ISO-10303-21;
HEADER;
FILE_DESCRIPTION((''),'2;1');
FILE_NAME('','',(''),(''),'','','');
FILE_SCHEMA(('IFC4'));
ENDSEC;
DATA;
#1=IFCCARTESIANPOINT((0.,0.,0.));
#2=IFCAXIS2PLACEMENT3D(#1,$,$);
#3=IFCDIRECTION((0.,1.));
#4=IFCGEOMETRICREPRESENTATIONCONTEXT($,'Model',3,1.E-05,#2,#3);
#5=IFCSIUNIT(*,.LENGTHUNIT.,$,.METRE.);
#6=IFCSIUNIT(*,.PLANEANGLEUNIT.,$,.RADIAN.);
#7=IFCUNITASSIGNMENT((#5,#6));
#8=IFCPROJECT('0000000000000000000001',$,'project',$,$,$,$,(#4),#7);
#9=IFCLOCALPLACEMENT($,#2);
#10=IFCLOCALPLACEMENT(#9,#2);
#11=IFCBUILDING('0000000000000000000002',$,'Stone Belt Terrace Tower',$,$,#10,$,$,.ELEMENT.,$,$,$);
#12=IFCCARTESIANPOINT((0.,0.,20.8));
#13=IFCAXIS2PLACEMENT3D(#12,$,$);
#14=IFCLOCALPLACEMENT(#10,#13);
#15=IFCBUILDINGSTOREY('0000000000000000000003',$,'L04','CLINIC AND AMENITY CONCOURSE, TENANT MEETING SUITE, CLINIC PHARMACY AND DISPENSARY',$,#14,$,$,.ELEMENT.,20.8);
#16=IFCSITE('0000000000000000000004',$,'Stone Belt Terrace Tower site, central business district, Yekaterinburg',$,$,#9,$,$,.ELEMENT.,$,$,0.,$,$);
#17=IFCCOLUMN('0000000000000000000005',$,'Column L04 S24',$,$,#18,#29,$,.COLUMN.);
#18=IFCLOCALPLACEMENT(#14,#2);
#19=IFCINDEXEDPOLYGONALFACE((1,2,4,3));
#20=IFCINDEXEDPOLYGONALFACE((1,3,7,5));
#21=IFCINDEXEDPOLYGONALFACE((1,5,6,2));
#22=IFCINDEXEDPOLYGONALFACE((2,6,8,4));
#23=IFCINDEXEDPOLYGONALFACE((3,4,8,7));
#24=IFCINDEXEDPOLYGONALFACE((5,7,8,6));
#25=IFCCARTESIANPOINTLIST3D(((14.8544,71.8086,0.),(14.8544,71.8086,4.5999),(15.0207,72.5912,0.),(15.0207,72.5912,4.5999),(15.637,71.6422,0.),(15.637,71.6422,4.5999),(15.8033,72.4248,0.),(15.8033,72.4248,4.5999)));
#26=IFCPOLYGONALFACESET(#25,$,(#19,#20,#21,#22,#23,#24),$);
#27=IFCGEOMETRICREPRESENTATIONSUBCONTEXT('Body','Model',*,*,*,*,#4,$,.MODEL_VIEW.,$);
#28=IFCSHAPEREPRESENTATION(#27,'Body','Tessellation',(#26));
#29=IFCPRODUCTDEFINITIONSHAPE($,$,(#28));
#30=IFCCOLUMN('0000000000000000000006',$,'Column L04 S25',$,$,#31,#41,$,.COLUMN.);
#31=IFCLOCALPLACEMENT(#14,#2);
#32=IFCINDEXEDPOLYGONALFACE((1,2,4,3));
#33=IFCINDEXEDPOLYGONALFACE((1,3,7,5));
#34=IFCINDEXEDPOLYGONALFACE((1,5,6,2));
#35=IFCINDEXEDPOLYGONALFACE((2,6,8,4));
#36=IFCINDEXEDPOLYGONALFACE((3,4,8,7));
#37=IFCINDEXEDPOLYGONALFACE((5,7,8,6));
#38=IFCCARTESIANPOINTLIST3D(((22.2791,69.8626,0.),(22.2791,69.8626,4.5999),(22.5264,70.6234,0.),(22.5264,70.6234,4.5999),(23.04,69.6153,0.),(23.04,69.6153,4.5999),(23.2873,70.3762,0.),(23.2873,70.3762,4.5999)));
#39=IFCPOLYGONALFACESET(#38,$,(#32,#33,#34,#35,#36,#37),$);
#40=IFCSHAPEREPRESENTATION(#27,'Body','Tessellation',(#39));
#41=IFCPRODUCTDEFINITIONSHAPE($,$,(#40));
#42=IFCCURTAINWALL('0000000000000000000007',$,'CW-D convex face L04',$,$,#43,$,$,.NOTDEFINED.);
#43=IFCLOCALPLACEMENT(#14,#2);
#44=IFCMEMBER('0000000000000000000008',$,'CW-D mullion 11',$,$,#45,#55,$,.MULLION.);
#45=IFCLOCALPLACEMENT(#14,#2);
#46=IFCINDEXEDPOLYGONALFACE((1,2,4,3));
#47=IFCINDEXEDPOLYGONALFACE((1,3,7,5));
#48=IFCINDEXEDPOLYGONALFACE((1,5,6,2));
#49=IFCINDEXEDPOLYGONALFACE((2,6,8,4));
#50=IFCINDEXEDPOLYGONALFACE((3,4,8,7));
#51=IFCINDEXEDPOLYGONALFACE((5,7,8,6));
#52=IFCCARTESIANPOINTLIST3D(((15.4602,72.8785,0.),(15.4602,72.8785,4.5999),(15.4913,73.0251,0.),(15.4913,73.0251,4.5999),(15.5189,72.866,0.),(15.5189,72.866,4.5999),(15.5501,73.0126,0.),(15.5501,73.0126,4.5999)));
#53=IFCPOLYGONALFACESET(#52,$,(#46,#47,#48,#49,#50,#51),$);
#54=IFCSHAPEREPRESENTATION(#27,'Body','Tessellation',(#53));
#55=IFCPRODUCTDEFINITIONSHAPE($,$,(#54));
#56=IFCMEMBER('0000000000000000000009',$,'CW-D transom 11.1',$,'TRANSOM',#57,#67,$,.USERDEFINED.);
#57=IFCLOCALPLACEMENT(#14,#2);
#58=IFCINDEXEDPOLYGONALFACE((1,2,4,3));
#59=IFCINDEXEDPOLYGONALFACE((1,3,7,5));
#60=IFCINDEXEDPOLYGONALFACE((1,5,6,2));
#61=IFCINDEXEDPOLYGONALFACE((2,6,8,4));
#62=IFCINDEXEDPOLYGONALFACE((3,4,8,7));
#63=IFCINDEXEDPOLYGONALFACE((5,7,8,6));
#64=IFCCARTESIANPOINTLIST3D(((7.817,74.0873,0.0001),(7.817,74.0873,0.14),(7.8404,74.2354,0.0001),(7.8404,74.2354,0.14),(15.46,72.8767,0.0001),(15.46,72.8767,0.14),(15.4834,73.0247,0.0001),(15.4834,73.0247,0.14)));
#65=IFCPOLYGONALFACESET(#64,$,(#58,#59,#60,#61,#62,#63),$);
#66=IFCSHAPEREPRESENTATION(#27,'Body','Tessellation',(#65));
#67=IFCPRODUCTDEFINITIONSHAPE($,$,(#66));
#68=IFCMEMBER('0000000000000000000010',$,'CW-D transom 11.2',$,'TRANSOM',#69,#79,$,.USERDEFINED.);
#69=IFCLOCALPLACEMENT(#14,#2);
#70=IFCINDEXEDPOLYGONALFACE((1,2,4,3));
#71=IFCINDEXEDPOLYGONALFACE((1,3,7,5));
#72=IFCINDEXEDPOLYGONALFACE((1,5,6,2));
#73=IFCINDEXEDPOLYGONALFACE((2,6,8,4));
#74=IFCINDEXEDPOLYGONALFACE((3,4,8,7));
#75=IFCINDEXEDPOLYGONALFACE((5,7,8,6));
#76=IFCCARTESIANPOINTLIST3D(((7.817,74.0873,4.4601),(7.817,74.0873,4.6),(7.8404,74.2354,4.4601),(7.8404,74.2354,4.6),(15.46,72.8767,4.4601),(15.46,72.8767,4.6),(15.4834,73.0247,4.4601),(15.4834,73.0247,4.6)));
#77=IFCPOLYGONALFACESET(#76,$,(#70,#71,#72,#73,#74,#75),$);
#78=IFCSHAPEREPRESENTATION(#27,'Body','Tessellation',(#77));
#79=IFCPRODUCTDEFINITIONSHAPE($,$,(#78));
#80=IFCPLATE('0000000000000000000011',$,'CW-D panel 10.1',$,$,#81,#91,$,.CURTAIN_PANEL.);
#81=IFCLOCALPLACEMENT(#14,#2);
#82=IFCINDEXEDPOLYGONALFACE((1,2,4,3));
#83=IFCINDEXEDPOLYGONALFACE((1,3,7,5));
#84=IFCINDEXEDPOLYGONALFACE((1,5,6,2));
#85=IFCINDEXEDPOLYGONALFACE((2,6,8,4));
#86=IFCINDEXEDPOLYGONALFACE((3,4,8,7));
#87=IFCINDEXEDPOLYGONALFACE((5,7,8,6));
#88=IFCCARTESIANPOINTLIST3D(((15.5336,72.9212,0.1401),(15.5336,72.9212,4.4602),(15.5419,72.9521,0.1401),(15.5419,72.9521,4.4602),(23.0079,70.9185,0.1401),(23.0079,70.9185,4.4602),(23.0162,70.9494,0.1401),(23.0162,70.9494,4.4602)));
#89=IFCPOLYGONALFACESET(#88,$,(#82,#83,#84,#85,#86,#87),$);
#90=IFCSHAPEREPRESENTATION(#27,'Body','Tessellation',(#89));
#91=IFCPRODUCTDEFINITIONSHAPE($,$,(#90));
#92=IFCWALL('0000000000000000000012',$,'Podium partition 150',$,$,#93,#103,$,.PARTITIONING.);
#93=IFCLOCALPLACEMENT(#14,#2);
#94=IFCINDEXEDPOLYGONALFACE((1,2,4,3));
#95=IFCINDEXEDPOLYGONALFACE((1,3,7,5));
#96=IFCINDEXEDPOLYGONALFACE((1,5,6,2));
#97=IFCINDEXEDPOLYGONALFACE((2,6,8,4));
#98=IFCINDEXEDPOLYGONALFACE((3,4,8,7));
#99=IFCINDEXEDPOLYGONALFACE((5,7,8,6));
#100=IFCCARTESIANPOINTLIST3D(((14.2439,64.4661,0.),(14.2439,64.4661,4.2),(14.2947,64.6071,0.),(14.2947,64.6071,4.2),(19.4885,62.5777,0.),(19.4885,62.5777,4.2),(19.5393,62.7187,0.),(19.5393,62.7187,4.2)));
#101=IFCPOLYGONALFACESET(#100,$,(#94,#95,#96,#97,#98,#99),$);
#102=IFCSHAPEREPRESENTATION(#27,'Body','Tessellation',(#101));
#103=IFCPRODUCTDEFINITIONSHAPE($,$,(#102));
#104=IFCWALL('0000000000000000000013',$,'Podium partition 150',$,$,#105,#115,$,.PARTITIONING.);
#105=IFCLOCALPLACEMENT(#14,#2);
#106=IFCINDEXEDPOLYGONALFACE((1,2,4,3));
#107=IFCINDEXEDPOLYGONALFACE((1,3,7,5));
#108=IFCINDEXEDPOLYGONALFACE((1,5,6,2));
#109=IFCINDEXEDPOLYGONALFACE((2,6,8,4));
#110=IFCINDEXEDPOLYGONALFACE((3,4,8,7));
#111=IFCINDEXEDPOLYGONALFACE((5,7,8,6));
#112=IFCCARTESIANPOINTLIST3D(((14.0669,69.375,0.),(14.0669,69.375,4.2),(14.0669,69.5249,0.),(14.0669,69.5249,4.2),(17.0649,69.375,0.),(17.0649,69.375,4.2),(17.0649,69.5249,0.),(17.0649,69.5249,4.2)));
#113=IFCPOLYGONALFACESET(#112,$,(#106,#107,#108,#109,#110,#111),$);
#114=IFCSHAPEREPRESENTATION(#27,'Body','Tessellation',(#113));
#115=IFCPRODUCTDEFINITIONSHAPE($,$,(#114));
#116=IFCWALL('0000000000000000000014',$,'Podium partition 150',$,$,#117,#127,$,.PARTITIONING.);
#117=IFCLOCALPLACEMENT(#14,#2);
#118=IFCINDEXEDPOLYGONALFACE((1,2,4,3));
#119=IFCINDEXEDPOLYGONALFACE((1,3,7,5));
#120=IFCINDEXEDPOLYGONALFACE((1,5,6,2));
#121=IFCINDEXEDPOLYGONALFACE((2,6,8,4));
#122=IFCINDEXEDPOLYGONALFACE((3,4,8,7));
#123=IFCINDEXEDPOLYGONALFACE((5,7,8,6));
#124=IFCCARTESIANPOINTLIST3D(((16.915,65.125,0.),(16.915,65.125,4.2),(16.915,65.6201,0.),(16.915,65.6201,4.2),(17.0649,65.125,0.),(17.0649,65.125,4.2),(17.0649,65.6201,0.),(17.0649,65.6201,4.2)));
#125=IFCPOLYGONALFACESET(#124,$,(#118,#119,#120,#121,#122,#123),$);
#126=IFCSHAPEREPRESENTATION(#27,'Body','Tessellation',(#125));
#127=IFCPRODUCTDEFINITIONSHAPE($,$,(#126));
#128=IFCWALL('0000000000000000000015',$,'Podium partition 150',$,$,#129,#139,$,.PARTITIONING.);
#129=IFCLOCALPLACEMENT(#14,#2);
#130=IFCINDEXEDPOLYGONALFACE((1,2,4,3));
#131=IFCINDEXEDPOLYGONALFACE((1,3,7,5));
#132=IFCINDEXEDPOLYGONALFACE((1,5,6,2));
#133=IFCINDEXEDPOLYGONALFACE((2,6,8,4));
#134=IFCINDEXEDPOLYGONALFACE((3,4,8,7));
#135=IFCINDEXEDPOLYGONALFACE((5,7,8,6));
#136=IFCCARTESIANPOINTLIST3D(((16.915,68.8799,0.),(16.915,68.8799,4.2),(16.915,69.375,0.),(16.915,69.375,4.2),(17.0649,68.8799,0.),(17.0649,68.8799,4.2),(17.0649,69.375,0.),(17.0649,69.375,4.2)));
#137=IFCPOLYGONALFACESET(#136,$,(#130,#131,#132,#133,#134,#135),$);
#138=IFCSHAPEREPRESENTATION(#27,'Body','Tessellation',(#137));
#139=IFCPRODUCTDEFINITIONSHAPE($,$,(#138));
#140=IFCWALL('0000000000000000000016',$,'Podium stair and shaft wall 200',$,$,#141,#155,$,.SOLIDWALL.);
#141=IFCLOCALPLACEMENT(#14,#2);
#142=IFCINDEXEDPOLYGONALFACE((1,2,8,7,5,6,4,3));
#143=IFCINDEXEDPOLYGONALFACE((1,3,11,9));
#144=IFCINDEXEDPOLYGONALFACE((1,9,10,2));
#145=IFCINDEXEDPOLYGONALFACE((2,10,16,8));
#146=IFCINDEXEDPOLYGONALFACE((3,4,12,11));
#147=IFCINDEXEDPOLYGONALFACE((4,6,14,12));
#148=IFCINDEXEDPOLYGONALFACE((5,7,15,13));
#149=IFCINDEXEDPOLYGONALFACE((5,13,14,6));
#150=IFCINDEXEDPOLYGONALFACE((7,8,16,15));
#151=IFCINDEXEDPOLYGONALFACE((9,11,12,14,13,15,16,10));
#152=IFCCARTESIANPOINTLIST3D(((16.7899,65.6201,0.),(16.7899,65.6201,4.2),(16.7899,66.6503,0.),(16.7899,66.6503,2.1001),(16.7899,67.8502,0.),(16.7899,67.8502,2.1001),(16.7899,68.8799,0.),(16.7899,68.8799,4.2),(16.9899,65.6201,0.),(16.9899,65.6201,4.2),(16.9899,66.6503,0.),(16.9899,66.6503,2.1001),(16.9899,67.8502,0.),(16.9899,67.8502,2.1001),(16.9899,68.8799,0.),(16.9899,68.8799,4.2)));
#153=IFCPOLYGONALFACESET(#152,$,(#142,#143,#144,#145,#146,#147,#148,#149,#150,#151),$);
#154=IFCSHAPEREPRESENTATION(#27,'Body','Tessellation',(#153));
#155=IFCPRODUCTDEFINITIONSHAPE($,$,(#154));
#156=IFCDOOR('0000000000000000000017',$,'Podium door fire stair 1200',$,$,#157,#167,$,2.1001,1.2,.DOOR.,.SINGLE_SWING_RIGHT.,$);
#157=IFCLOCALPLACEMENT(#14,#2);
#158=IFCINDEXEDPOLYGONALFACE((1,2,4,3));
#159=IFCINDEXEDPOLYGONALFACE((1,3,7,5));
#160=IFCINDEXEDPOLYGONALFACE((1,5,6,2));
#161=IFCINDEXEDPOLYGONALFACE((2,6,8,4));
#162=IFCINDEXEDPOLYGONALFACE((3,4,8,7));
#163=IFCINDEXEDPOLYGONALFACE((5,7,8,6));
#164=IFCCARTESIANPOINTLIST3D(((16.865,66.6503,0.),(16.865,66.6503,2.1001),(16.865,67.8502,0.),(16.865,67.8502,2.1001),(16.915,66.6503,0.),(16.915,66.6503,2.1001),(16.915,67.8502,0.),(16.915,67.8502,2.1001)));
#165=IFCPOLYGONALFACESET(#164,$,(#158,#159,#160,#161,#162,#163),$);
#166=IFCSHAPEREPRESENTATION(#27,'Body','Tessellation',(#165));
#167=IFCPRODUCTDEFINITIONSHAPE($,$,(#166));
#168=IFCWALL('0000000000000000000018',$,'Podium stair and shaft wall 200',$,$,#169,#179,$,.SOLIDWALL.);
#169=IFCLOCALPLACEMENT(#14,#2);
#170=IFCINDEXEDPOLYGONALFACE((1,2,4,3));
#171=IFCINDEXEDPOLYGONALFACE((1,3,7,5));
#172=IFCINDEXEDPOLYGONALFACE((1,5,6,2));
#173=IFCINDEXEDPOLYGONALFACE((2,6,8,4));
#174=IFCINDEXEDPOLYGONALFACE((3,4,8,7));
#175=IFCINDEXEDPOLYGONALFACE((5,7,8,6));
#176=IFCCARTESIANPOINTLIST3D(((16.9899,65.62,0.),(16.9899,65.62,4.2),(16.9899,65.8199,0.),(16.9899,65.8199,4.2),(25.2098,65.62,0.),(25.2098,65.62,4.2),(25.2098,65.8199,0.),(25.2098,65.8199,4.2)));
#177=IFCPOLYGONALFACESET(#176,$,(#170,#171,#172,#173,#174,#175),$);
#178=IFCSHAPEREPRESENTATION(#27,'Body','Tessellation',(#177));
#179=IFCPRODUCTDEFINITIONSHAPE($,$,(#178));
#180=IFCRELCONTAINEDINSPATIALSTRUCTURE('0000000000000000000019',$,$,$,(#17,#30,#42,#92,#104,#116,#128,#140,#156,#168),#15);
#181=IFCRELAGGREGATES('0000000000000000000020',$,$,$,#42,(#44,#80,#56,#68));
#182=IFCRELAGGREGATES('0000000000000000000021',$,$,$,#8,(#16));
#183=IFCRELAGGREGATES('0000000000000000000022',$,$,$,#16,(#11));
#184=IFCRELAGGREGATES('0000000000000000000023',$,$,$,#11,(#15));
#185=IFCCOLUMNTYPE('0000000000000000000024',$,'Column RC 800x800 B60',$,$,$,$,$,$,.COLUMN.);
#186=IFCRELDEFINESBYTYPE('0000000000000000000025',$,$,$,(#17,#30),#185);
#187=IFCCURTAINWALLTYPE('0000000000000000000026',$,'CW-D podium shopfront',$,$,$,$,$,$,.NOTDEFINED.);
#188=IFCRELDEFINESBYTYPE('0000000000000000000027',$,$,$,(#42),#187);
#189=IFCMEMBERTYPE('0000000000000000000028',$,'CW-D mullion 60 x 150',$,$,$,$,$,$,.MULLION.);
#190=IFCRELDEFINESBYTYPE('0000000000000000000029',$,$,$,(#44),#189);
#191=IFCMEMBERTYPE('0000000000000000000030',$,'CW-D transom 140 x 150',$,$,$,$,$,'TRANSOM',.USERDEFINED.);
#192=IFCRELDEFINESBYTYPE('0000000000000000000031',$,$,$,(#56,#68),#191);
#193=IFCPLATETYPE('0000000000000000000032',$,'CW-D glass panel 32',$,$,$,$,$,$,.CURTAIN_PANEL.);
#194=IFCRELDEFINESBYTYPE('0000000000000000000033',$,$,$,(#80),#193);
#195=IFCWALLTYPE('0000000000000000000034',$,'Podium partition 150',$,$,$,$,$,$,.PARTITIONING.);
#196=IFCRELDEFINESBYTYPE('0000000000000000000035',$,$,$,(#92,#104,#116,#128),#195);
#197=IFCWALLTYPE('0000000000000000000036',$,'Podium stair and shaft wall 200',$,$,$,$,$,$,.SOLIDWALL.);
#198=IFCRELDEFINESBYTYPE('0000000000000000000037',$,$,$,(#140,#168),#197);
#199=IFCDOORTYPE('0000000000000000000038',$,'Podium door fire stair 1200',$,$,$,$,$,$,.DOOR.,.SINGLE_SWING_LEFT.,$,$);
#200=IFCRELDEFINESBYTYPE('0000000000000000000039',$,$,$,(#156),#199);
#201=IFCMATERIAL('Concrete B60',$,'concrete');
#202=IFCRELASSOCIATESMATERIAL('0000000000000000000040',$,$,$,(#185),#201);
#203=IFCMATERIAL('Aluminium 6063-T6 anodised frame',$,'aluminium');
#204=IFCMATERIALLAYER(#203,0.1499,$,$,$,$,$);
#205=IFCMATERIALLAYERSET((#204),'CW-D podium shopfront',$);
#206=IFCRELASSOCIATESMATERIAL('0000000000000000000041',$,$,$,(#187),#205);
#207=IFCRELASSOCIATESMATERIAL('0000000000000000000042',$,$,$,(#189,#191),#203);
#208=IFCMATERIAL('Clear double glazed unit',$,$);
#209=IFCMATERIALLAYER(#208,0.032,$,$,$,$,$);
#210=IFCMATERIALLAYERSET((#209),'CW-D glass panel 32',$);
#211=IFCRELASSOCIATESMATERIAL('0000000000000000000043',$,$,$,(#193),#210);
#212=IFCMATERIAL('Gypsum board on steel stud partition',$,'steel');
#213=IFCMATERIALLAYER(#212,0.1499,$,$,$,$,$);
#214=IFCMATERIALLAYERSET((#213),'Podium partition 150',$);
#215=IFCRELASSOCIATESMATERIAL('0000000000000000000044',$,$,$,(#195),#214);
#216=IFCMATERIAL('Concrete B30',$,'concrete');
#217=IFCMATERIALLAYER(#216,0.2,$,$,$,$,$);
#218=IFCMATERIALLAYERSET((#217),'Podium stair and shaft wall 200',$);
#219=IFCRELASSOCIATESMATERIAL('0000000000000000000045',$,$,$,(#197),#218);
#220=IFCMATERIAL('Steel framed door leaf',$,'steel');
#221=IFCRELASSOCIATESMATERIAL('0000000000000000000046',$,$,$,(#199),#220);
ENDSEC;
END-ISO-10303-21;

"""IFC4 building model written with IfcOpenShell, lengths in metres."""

from ifc_helpers import new_model, si_unit, direction, frame, frame_2d, origin, origin_2d, place, context, subcontext, project, spatial, rectangle, extrude, material, layer, layer_set, material_profile, profile_set, type_object, element, fill, aggregate, save


model = new_model("IFC4")

# Units and contexts
model_context = context("Model", 3, precision=1e-05, world=origin(), true_north=direction((0.0, 1.0)))
body_context = subcontext(model_context, "Body", "Model", "MODEL_VIEW")
ifc_project = project(units=[si_unit("LENGTHUNIT", "METRE"), si_unit("PLANEANGLEUNIT", "RADIAN")], contexts=[model_context])

# Site, building, storey
site_placement = place(None, origin())
site = spatial("IfcSite", under=ifc_project, at=site_placement, Name="Stone Belt Terrace Tower site, central business district, Yekaterinburg", CompositionType="ELEMENT", RefElevation=0.0)
building_placement = place(site_placement, origin())
building = spatial("IfcBuilding", under=site, at=building_placement, Name="Stone Belt Terrace Tower", CompositionType="ELEMENT")
storey_placement = place(building_placement, frame((0.0, 0.0, 20.8)))
storey = spatial("IfcBuildingStorey", under=building, at=storey_placement, Name="L04", Description="CLINIC AND AMENITY CONCOURSE, TENANT MEETING SUITE, CLINIC PHARMACY AND DISPENSARY", CompositionType="ELEMENT", Elevation=20.8)

# Columns
ifc_material_1 = material(Name="Concrete B60", Category="concrete")
ifc_material_profile_1 = material_profile(ifc_material_1, rectangle(XDim=0.8, YDim=0.8, at=origin_2d()), Name="RC 800x800")
ifc_profile_set_1 = profile_set([ifc_material_profile_1], Name="Concrete B60")
column_type = type_object("IfcColumnType", Name="Column RC 800x800 B60", PredefinedType="COLUMN", material=ifc_profile_set_1)
for number, where, z_axis, x_axis, name in (
    (1, (15.3289, 72.1167, 0.0), (0.0, 0.0, 1.0), (0.978148, -0.207912, 0.0), "Column L04 S24"),
    (2, (22.7832, 70.1194, 0.0), (0.0, 0.0, 1.0), (0.951057, -0.309017, 0.0), "Column L04 S25"),
):
    element("IfcColumn", number, at=place(storey_placement, frame(where, z_axis=z_axis, x_axis=x_axis)), inside=storey, type_object=column_type, Name=name, PredefinedType="COLUMN", context=body_context, shape_type="SweptSolid", body=[
        extrude(rectangle(XDim=0.8, YDim=0.8, at=origin_2d()), origin(), (0.0, 0.0, 1.0), 4.5999),
    ])

# Curtain wall, members, plate
ifc_material_2 = material(Name="Aluminium 6063-T6 anodised frame", Category="aluminium")
ifc_layer_1 = layer(ifc_material_2, 0.1499)
ifc_layer_set_1 = layer_set([ifc_layer_1], Name="CW-D podium shopfront")
curtain_wall_type = type_object("IfcCurtainWallType", Name="CW-D podium shopfront", PredefinedType="NOTDEFINED", material=ifc_layer_set_1)
curtain_wall_placement = place(storey_placement, origin())
curtain_wall = element("IfcCurtainWall", 3, at=curtain_wall_placement, inside=storey, type_object=curtain_wall_type, Name="CW-D convex face L04", PredefinedType="NOTDEFINED")
ifc_material_profile_2 = material_profile(ifc_material_2, rectangle(XDim=0.1499, YDim=0.0601, at=origin_2d()), Name="Aluminium 6063-T6 60x150")
ifc_profile_set_2 = profile_set([ifc_material_profile_2], Name="Aluminium 6063-T6 anodised frame")
member_type_1 = type_object("IfcMemberType", Name="CW-D mullion 60 x 150", PredefinedType="MULLION", material=ifc_profile_set_2)
member_1_placement = place(storey_placement, frame((15.5051, 72.9456, 0.0), z_axis=(0.0, 0.0, 1.0), x_axis=(-0.207912, -0.978148, 0.0)))
member_1 = element("IfcMember", 4, at=member_1_placement, type_object=member_type_1, Name="CW-D mullion 11", PredefinedType="MULLION", context=body_context, shape_type="SweptSolid", body=[
    extrude(rectangle(XDim=0.1499, YDim=0.0601, at=origin_2d()), origin(), (0.0, 0.0, 1.0), 4.5999),
])
ifc_material_profile_3 = material_profile(ifc_material_2, rectangle(XDim=0.1499, YDim=0.1399, at=origin_2d()), Name="Aluminium 6063-T6 150x140")
ifc_profile_set_3 = profile_set([ifc_material_profile_3], Name="Aluminium 6063-T6 anodised frame")
member_type_2 = type_object("IfcMemberType", Name="CW-D transom 140 x 150", ElementType="TRANSOM", PredefinedType="USERDEFINED", material=ifc_profile_set_3)
member_2_placement = place(storey_placement, frame((15.4717, 72.9507, 0.0701), z_axis=(-0.987685, 0.156453, 0.0), x_axis=(-0.156453, -0.987685, 0.0)))
member_2 = element("IfcMember", 5, at=member_2_placement, type_object=member_type_2, Name="CW-D transom 11.1", ObjectType="TRANSOM", PredefinedType="USERDEFINED", context=body_context, shape_type="SweptSolid", body=[
    extrude(rectangle(XDim=0.1499, YDim=0.1399, at=origin_2d()), origin(), (0.0, 0.0, 1.0), 7.7383),
])
member_3_placement = place(storey_placement, frame((15.4717, 72.9507, 4.53), z_axis=(-0.987685, 0.156453, 0.0), x_axis=(-0.156453, -0.987685, 0.0)))
member_3 = element("IfcMember", 6, at=member_3_placement, type_object=member_type_2, Name="CW-D transom 11.2", ObjectType="TRANSOM", PredefinedType="USERDEFINED", context=body_context, shape_type="SweptSolid", body=[
    extrude(rectangle(XDim=0.1499, YDim=0.1399, at=origin_2d()), origin(), (0.0, 0.0, 1.0), 7.7383),
])
ifc_material_3 = material(Name="Clear double glazed unit")
ifc_layer_2 = layer(ifc_material_3, 0.032)
ifc_layer_set_2 = layer_set([ifc_layer_2], Name="CW-D glass panel 32")
plate_type = type_object("IfcPlateType", Name="CW-D glass panel 32", PredefinedType="CURTAIN_PANEL", material=ifc_layer_set_2)
plate_placement = place(storey_placement, frame((19.2749, 71.9353, 0.1401), z_axis=(0.0, 0.0, 1.0), x_axis=(-0.965926, 0.258819, 0.0)))
plate = element("IfcPlate", 7, at=plate_placement, type_object=plate_type, Name="CW-D panel 10.1", PredefinedType="CURTAIN_PANEL", context=body_context, shape_type="SweptSolid", body=[
    extrude(rectangle(XDim=7.738, YDim=0.032, at=origin_2d()), origin(), (0.0, 0.0, 1.0), 4.3201),
])
aggregate(curtain_wall, [member_1, plate, member_2, member_3])

# Walls
ifc_material_4 = material(Name="Gypsum board on steel stud partition", Category="steel")
ifc_layer_3 = layer(ifc_material_4, 0.1499)
ifc_layer_set_3 = layer_set([ifc_layer_3], Name="Podium partition 150")
wall_type_1 = type_object("IfcWallType", Name="Podium partition 150", PredefinedType="PARTITIONING", material=ifc_layer_set_3)
wall_1_placement = place(storey_placement, frame((14.2693, 64.5366, 0.0), z_axis=(0.0, 0.0, 1.0), x_axis=(0.940867, -0.338777, 0.0)))
element("IfcWall", 8, at=wall_1_placement, inside=storey, type_object=wall_type_1, Name="Podium partition 150", PredefinedType="PARTITIONING", context=body_context, shape_type="SweptSolid", body=[
    extrude(rectangle(XDim=5.5742, YDim=0.1499, at=frame_2d((2.7871, 0.0))), origin(), (0.0, 0.0, 1.0), 4.2),
])
wall_2_placement = place(storey_placement, frame((14.0669, 69.45, 0.0), z_axis=(0.0, 0.0, 1.0), x_axis=(1.0, 0.0, 0.0)))
element("IfcWall", 9, at=wall_2_placement, inside=storey, type_object=wall_type_1, Name="Podium partition 150", PredefinedType="PARTITIONING", context=body_context, shape_type="SweptSolid", body=[
    extrude(rectangle(XDim=2.998, YDim=0.1499, at=frame_2d((1.499, 0.0))), origin(), (0.0, 0.0, 1.0), 4.2),
])
for number, where, z_axis, x_axis, name in (
    (10, (16.99, 65.125, 0.0), (0.0, 0.0, 1.0), (0.0, 1.0, 0.0), "Podium partition 150"),
    (11, (16.99, 68.8799, 0.0), (0.0, 0.0, 1.0), (0.0, 1.0, 0.0), "Podium partition 150"),
):
    element("IfcWall", number, at=place(storey_placement, frame(where, z_axis=z_axis, x_axis=x_axis)), inside=storey, type_object=wall_type_1, Name=name, PredefinedType="PARTITIONING", context=body_context, shape_type="SweptSolid", body=[
        extrude(rectangle(XDim=0.4951, YDim=0.1499, at=frame_2d((0.2476, 0.0))), origin(), (0.0, 0.0, 1.0), 4.2),
    ])

# Wall, opening, door
ifc_material_5 = material(Name="Concrete B30", Category="concrete")
ifc_layer_4 = layer(ifc_material_5, 0.2)
ifc_layer_set_4 = layer_set([ifc_layer_4], Name="Podium stair and shaft wall 200")
wall_type_2 = type_object("IfcWallType", Name="Podium stair and shaft wall 200", PredefinedType="SOLIDWALL", material=ifc_layer_set_4)
wall_3_placement = place(storey_placement, frame((16.8899, 65.6201, 0.0), z_axis=(0.0, 0.0, 1.0), x_axis=(0.0, 1.0, 0.0)))
wall_3 = element("IfcWall", 12, at=wall_3_placement, inside=storey, type_object=wall_type_2, Name="Podium stair and shaft wall 200", PredefinedType="SOLIDWALL", context=body_context, shape_type="SweptSolid", body=[
    extrude(rectangle(XDim=3.2598, YDim=0.2, at=frame_2d((1.6299, 0.0))), origin(), (0.0, 0.0, 1.0), 4.2),
])
opening_placement = place(wall_3_placement, frame((1.03, 0.0, 0.0)))
opening = element("IfcOpeningElement", 13, at=opening_placement, cuts=wall_3, PredefinedType="OPENING", context=body_context, shape_type="SweptSolid", body=[
    extrude(rectangle(XDim=1.2, YDim=2.1001, at=frame_2d((0.6001, 1.05))), frame((0.0, 0.1099, 0.0), z_axis=(0.0, -1.0, 0.0), x_axis=(1.0, 0.0, 0.0)), (0.0, 0.0, 1.0), 0.22),
])
ifc_material_6 = material(Name="Steel framed door leaf", Category="steel")
door_type = type_object("IfcDoorType", Name="Podium door fire stair 1200", OperationType="SINGLE_SWING_LEFT", PredefinedType="DOOR", material=ifc_material_6)
door_placement = place(opening_placement, origin())
door = element("IfcDoor", 14, at=door_placement, inside=storey, type_object=door_type, Name="Podium door fire stair 1200", OperationType="SINGLE_SWING_RIGHT", OverallHeight=2.1001, OverallWidth=1.2, PredefinedType="DOOR", context=body_context, shape_type="SweptSolid", body=[
    extrude(rectangle(XDim=1.2, YDim=2.1001, at=frame_2d((0.6001, 1.05))), frame((0.0, 0.0249, 0.0), z_axis=(0.0, -1.0, 0.0), x_axis=(1.0, 0.0, 0.0)), (0.0, 0.0, 1.0), 0.05),
])
fill(opening, door)

# Wall
for number, where, z_axis, x_axis, name in (
    (15, (16.99, 65.72, 0.0), (0.0, 0.0, 1.0), (1.0, 0.0, 0.0), "Podium stair and shaft wall 200"),
):
    element("IfcWall", number, at=place(storey_placement, frame(where, z_axis=z_axis, x_axis=x_axis)), inside=storey, type_object=wall_type_2, Name=name, PredefinedType="SOLIDWALL", context=body_context, shape_type="SweptSolid", body=[
        extrude(rectangle(XDim=8.22, YDim=0.2, at=frame_2d((4.1099, 0.0))), origin(), (0.0, 0.0, 1.0), 4.2),
    ])

save(model, "model.ifc")
